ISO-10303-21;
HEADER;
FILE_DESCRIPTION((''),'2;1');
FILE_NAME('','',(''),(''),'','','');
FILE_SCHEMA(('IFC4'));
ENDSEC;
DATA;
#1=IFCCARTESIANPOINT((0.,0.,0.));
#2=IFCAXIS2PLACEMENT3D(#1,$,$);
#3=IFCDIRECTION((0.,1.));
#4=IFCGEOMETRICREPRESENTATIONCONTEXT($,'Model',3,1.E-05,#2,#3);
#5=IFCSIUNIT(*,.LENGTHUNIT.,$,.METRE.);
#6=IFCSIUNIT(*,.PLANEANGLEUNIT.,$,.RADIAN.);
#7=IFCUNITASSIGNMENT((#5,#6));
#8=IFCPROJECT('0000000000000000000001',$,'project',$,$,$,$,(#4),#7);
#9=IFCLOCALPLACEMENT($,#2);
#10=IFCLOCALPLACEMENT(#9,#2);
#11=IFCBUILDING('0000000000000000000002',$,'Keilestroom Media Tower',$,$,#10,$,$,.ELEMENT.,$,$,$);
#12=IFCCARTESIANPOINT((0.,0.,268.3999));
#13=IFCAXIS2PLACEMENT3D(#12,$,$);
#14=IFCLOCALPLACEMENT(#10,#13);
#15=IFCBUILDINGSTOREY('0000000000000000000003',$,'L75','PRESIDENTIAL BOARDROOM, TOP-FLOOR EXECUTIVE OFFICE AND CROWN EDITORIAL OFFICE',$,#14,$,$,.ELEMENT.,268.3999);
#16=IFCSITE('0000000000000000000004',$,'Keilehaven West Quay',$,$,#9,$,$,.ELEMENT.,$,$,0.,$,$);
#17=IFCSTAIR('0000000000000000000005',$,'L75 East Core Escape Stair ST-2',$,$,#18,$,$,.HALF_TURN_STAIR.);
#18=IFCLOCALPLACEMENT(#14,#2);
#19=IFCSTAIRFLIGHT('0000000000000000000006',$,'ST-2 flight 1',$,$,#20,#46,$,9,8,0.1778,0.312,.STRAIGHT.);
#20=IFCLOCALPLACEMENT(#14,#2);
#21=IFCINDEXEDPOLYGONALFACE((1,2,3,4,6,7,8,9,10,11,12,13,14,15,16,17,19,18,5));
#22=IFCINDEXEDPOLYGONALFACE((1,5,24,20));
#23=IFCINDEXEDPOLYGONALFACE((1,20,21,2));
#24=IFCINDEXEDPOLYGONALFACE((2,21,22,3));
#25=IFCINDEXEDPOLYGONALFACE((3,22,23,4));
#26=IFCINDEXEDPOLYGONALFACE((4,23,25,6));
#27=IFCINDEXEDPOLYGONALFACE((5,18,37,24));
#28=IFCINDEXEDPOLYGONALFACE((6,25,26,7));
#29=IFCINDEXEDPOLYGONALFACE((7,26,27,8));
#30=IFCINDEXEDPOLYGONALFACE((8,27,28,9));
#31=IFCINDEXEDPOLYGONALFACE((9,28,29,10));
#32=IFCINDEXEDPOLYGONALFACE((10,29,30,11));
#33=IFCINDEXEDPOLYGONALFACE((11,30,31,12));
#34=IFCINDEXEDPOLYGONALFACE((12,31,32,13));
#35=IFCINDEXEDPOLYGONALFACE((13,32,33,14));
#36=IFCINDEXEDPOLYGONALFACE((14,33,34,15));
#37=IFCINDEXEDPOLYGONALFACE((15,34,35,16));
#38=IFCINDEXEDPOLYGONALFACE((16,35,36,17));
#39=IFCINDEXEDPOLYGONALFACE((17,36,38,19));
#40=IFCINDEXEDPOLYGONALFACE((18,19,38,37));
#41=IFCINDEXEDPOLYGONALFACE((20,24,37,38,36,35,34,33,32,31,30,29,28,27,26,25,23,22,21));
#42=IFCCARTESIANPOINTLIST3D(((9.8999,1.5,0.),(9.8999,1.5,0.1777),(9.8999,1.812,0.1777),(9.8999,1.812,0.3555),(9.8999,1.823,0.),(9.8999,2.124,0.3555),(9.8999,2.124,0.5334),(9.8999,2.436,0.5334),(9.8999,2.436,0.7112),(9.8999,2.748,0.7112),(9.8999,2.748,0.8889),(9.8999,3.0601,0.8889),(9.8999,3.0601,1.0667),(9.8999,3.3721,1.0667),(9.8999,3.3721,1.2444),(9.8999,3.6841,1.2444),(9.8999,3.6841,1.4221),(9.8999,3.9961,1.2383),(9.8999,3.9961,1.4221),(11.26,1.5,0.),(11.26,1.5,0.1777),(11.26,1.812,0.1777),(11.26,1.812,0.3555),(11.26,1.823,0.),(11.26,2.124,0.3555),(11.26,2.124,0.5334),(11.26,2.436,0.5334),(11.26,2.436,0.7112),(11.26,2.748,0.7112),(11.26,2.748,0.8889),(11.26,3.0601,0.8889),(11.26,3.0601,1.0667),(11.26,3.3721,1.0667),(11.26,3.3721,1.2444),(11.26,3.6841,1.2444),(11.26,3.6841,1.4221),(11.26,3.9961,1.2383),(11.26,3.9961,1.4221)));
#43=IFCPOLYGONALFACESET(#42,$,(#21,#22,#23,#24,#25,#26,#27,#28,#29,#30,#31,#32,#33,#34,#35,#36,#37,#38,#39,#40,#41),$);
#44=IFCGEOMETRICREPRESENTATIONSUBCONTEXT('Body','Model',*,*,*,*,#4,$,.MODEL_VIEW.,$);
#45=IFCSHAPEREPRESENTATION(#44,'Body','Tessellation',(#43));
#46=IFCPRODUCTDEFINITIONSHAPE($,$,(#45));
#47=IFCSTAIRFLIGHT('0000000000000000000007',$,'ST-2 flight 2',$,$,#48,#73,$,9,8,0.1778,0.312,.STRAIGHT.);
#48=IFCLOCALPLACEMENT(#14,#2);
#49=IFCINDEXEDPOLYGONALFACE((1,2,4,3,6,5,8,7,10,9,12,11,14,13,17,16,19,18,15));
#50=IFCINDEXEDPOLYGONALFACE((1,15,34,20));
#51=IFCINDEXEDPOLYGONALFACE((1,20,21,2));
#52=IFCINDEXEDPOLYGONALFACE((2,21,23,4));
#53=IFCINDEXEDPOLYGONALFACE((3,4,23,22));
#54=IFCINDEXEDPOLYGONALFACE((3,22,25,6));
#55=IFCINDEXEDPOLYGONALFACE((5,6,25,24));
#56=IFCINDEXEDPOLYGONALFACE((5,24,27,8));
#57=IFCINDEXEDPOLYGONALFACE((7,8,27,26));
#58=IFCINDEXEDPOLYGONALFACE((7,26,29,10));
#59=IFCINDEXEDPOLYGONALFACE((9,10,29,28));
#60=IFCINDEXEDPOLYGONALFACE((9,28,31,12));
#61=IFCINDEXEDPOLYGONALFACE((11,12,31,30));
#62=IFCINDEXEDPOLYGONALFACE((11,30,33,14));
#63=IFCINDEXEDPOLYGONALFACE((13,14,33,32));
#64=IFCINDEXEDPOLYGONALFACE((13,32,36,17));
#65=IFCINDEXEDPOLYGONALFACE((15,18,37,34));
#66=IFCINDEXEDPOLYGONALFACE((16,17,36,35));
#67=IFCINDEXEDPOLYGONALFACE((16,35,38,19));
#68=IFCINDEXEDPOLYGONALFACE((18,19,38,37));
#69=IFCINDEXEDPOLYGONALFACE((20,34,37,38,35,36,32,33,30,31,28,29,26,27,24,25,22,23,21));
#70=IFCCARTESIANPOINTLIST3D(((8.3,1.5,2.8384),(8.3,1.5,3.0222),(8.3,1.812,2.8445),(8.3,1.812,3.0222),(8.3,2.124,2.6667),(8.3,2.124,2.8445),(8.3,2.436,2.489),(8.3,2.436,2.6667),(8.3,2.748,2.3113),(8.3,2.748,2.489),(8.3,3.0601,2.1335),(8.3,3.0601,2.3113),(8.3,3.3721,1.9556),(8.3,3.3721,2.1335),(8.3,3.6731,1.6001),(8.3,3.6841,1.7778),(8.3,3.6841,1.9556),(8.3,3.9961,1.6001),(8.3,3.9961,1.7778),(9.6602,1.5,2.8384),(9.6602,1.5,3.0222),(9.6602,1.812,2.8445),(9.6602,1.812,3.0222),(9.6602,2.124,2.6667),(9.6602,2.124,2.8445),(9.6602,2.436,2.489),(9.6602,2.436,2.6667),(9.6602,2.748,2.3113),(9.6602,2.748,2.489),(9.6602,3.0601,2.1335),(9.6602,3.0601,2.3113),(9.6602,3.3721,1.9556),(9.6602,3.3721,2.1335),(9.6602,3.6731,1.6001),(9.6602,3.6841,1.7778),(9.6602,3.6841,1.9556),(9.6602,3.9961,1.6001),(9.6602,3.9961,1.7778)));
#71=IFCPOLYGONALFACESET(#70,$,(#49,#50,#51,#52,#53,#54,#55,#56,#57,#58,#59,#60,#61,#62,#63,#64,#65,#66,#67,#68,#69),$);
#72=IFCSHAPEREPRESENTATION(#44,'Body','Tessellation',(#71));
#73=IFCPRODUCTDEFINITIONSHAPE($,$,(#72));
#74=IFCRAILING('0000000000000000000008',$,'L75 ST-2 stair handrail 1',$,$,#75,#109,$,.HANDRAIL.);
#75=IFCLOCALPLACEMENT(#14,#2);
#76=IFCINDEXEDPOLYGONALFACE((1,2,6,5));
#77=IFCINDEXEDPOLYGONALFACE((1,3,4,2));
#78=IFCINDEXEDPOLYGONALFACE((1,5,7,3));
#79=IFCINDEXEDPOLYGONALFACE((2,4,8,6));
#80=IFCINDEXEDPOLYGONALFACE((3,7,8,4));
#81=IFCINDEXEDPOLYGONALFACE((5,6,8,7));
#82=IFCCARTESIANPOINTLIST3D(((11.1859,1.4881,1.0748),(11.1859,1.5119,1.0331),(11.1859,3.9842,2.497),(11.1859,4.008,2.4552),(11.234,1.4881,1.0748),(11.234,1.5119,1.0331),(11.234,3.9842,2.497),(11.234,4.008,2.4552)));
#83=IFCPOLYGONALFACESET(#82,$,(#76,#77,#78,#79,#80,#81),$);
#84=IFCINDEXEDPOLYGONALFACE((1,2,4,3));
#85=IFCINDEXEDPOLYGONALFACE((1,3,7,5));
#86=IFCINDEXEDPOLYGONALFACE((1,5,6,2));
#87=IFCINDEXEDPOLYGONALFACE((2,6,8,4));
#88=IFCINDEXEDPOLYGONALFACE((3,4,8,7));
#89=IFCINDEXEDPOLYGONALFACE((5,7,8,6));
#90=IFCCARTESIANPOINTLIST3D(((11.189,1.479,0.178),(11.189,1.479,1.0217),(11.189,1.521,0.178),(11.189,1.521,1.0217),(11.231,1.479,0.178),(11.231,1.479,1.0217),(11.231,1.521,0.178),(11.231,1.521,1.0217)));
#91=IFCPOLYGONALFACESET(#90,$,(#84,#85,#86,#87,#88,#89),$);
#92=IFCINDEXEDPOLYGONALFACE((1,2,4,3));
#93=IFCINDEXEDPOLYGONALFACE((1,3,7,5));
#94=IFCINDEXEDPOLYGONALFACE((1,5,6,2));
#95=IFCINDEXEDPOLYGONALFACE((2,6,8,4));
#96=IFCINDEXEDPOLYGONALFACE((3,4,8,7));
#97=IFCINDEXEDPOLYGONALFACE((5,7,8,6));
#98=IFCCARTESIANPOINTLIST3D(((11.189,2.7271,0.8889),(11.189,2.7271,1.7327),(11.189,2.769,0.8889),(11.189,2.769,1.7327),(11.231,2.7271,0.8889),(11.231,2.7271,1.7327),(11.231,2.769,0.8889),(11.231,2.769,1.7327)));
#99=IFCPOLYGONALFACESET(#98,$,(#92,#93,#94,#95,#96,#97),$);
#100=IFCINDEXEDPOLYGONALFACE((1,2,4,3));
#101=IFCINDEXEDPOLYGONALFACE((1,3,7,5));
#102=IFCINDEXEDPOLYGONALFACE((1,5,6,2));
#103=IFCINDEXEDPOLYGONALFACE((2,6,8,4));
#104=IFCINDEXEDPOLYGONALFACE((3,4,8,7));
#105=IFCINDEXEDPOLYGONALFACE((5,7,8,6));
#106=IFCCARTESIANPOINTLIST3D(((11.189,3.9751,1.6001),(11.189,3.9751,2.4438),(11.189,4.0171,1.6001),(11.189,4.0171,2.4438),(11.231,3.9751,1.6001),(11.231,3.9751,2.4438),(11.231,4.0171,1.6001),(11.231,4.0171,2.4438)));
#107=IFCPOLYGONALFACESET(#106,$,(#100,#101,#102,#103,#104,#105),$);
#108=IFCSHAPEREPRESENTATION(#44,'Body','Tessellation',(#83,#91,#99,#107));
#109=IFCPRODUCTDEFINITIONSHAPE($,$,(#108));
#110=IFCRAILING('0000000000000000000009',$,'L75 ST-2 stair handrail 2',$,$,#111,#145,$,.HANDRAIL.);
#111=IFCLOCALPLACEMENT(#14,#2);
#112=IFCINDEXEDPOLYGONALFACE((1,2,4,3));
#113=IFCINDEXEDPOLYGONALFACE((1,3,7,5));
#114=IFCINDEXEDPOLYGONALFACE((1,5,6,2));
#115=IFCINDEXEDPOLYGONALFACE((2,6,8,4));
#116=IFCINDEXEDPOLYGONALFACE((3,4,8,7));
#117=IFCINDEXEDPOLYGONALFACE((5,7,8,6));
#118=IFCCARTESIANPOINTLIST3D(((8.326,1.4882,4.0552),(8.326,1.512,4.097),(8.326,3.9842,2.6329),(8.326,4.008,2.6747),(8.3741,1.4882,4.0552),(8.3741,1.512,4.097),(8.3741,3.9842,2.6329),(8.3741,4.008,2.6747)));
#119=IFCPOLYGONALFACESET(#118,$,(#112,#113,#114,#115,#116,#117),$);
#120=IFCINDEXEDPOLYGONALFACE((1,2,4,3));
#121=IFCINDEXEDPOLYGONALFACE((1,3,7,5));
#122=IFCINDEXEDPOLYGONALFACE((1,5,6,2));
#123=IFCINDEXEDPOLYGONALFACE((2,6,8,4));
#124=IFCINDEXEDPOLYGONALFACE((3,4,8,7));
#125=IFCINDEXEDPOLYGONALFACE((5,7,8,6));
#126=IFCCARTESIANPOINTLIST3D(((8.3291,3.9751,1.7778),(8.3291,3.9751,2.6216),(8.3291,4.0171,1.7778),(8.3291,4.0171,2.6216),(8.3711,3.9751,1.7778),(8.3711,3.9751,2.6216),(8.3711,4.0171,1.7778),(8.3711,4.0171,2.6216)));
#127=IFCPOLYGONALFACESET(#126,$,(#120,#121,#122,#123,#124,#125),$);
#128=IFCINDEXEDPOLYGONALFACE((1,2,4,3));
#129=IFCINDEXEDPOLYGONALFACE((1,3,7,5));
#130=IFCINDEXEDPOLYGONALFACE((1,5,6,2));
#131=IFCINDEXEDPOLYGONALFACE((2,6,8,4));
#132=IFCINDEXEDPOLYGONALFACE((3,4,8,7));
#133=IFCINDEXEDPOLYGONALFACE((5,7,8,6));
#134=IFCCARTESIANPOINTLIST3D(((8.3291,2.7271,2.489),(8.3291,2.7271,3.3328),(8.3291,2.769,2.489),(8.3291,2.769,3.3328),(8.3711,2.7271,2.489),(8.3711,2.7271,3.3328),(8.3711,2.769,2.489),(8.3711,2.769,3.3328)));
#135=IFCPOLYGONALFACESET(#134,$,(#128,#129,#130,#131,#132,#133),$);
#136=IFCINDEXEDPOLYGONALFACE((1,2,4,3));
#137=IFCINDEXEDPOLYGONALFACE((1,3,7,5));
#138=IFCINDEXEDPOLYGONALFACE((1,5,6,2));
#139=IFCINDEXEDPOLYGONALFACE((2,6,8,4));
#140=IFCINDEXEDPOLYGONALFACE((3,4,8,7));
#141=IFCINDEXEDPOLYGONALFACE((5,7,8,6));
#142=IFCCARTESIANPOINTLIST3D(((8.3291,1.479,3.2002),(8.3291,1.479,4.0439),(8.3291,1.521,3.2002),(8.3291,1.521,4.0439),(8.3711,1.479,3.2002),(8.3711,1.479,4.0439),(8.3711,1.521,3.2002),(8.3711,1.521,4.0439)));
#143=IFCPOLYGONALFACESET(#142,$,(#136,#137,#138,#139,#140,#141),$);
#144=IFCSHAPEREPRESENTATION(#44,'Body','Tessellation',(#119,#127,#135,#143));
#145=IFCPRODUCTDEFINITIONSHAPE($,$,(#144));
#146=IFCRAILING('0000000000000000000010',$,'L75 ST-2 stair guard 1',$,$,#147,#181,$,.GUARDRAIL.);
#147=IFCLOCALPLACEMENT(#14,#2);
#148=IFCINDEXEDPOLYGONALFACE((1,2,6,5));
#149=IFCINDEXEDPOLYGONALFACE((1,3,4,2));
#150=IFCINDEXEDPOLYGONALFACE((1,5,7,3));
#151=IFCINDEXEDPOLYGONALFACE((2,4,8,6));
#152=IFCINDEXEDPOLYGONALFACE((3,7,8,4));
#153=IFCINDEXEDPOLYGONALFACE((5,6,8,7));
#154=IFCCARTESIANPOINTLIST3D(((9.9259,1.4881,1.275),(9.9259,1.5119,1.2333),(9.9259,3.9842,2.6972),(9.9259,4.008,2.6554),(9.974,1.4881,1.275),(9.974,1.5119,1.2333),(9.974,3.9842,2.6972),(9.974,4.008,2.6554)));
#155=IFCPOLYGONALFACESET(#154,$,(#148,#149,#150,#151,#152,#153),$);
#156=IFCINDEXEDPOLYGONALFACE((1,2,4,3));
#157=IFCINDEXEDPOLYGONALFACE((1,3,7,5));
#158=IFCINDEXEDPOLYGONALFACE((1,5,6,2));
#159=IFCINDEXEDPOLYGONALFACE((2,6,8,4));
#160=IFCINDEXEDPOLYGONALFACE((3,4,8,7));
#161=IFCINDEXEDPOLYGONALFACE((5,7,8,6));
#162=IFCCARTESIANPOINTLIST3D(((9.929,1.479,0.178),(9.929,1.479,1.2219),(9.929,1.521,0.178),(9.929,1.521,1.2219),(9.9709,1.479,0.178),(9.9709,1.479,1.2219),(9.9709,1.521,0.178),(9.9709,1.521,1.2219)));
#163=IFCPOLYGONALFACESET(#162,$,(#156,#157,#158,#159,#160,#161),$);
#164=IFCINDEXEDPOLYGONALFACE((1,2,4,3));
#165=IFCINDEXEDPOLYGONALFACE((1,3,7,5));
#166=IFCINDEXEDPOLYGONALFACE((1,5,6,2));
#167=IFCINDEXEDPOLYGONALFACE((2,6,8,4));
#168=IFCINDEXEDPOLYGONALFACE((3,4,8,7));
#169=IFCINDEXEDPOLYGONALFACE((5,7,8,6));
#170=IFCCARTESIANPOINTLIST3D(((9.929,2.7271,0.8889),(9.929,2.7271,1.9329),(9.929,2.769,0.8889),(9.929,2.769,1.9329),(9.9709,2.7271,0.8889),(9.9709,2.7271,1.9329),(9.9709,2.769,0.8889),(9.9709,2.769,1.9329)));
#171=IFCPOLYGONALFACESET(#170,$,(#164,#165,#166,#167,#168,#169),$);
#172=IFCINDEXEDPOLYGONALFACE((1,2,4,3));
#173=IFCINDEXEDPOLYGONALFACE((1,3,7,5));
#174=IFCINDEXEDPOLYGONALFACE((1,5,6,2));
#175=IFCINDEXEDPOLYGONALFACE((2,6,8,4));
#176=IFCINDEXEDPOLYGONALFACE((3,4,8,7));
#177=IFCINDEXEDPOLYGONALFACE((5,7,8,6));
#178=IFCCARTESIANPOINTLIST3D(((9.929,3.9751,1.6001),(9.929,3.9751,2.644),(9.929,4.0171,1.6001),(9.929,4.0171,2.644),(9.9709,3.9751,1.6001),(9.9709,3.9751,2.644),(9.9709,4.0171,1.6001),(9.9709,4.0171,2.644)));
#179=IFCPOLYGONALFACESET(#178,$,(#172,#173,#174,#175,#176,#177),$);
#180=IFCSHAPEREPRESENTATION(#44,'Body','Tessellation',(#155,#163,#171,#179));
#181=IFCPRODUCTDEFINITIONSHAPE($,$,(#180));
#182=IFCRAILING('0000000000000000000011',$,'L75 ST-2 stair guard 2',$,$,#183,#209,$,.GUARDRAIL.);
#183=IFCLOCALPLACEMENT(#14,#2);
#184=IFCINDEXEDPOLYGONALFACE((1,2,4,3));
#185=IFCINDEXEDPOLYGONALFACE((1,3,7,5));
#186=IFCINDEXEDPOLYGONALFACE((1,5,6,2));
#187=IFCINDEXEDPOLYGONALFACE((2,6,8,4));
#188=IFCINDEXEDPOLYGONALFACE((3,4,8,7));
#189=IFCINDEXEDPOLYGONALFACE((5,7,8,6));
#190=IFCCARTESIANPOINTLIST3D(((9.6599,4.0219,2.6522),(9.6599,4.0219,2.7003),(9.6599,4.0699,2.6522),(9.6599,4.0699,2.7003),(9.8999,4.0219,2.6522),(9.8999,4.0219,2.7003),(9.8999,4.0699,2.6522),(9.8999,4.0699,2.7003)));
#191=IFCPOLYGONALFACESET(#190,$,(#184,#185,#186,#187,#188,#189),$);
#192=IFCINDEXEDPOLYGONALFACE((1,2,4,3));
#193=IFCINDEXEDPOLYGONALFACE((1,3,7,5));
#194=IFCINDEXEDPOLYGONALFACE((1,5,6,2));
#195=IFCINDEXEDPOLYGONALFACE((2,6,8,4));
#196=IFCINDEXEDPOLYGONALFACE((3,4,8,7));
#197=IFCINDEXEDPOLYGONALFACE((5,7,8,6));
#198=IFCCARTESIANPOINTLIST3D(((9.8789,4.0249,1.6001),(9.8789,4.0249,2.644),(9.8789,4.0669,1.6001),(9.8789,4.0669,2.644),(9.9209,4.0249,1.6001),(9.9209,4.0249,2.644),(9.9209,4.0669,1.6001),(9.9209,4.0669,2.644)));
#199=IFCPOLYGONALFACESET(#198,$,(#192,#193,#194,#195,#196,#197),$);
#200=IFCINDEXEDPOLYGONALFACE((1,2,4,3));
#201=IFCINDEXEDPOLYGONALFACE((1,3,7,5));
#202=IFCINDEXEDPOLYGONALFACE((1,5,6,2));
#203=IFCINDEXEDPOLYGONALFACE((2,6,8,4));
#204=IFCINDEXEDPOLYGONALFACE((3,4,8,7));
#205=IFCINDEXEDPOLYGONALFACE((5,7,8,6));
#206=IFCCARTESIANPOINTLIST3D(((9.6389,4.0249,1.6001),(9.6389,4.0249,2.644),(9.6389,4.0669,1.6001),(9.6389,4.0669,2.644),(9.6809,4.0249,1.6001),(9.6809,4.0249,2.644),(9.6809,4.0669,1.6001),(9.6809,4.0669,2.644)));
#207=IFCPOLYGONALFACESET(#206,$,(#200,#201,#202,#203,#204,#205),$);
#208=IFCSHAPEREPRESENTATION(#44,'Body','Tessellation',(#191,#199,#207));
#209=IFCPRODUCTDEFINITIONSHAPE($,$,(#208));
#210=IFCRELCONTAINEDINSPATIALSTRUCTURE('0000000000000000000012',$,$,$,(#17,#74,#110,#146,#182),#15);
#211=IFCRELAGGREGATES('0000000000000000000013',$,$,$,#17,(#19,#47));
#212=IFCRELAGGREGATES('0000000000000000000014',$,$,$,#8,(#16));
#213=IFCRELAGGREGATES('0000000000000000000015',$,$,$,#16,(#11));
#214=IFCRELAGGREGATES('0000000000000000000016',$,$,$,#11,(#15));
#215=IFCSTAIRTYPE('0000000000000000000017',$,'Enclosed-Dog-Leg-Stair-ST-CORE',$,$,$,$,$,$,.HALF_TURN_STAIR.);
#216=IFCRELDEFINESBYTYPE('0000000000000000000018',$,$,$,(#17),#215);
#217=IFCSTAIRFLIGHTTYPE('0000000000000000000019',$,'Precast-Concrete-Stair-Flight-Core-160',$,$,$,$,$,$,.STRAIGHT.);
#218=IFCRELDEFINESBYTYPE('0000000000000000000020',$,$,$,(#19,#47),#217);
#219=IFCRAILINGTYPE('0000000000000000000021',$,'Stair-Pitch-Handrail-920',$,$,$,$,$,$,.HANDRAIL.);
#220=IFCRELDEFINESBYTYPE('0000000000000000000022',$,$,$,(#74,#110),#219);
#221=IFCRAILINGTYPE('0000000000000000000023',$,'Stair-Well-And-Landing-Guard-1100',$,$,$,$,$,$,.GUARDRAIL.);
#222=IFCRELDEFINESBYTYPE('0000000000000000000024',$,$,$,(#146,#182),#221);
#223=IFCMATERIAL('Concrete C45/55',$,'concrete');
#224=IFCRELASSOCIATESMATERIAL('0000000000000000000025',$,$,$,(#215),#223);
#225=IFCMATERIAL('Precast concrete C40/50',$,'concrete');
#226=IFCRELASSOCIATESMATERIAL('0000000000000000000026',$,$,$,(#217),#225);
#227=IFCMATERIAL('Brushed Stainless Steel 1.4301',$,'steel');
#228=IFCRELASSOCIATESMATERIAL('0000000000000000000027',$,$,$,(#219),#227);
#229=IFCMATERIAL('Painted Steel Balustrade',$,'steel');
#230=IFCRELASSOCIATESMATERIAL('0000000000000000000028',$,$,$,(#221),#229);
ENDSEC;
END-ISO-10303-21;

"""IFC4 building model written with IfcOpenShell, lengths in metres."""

from ifc_helpers import new_model, si_unit, direction, frame, origin, origin_2d, place, context, subcontext, project, spatial, polyline, rectangle, outline, extrude, material, type_object, element, aggregate, save


model = new_model("IFC4")

# Units and contexts
model_context = context("Model", 3, precision=1e-05, world=origin(), true_north=direction((0.0, 1.0)))
body_context = subcontext(model_context, "Body", "Model", "MODEL_VIEW")
ifc_project = project(units=[si_unit("LENGTHUNIT", "METRE"), si_unit("PLANEANGLEUNIT", "RADIAN")], contexts=[model_context])

# Site, building, storey
site_placement = place(None, origin())
site = spatial("IfcSite", under=ifc_project, at=site_placement, Name="Keilehaven West Quay", CompositionType="ELEMENT", RefElevation=0.0)
building_placement = place(site_placement, origin())
building = spatial("IfcBuilding", under=site, at=building_placement, Name="Keilestroom Media Tower", CompositionType="ELEMENT")
storey_placement = place(building_placement, frame((0.0, 0.0, 268.3999)))
storey = spatial("IfcBuildingStorey", under=building, at=storey_placement, Name="L75", Description="PRESIDENTIAL BOARDROOM, TOP-FLOOR EXECUTIVE OFFICE AND CROWN EDITORIAL OFFICE", CompositionType="ELEMENT", Elevation=268.3999)

# Shared definitions
ifc_material_1 = material(Name="Precast concrete C40/50", Category="concrete")

# Stair
ifc_material_2 = material(Name="Concrete C45/55", Category="concrete")
stair_type = type_object("IfcStairType", Name="Enclosed-Dog-Leg-Stair-ST-CORE", PredefinedType="HALF_TURN_STAIR", material=ifc_material_2)
stair_1_placement = place(storey_placement, origin())
stair_1 = element("IfcStair", 1, at=stair_1_placement, inside=storey, type_object=stair_type, Name="L75 East Core Escape Stair ST-2", PredefinedType="HALF_TURN_STAIR")

# Stair flights
stair_flight_type = type_object("IfcStairFlightType", Name="Precast-Concrete-Stair-Flight-Core-160", PredefinedType="STRAIGHT", material=ifc_material_1)
stair_flight_1_placement = place(storey_placement, frame((10.5801, 1.5, 0.0), z_axis=(0.0, 0.0, 1.0), x_axis=(0.0, 1.0, 0.0)))
stair_flight_1 = element("IfcStairFlight", 2, at=stair_flight_1_placement, type_object=stair_flight_type, Name="ST-2 flight 1", NumberOfRisers=9, NumberOfTreads=8, PredefinedType="STRAIGHT", RiserHeight=0.1778, TreadLength=0.312, context=body_context, shape_type="SweptSolid", body=[
    extrude(outline(polyline([(0.0, 0.0), (0.0, 0.1777), (0.312, 0.1777), (0.312, 0.3555), (0.624, 0.3555), (0.624, 0.5334), (0.936, 0.5334), (0.936, 0.7112), (1.248, 0.7112), (1.248, 0.8889), (1.5601, 0.8889), (1.5601, 1.0667), (1.8721, 1.0667), (1.8721, 1.2444), (2.1841, 1.2444), (2.1841, 1.4221), (2.4961, 1.4221), (2.4961, 1.6001), (2.4961, 1.2383), (0.323, 0.0), (0.0, 0.0)])), frame((0.0, 0.6802, 0.0), z_axis=(0.0, -1.0, 0.0), x_axis=(1.0, 0.0, 0.0)), (0.0, 0.0, 1.0), 1.3601),
])
stair_flight_2_placement = place(storey_placement, frame((8.98, 3.9961, 1.6001), z_axis=(0.0, 0.0, 1.0), x_axis=(0.0, -1.0, 0.0)))
stair_flight_2 = element("IfcStairFlight", 3, at=stair_flight_2_placement, type_object=stair_flight_type, Name="ST-2 flight 2", NumberOfRisers=9, NumberOfTreads=8, PredefinedType="STRAIGHT", RiserHeight=0.1778, TreadLength=0.312, context=body_context, shape_type="SweptSolid", body=[
    extrude(outline(polyline([(0.0, 0.0), (0.0, 0.1777), (0.312, 0.1777), (0.312, 0.3555), (0.624, 0.3555), (0.624, 0.5334), (0.936, 0.5334), (0.936, 0.7112), (1.248, 0.7112), (1.248, 0.8889), (1.5601, 0.8889), (1.5601, 1.0667), (1.8721, 1.0667), (1.8721, 1.2444), (2.1841, 1.2444), (2.1841, 1.4221), (2.4961, 1.4221), (2.4961, 1.6001), (2.4961, 1.2383), (0.323, 0.0), (0.0, 0.0)])), frame((0.0, 0.6802, 0.0), z_axis=(0.0, -1.0, 0.0), x_axis=(1.0, 0.0, 0.0)), (0.0, 0.0, 1.0), 1.3601),
])
aggregate(stair_1, [stair_flight_1, stair_flight_2])

# Railings
ifc_material_3 = material(Name="Brushed Stainless Steel 1.4301", Category="steel")
railing_type_1 = type_object("IfcRailingType", Name="Stair-Pitch-Handrail-920", PredefinedType="HANDRAIL", material=ifc_material_3)
railing_1_placement = place(storey_placement, frame((11.21, 1.5, 0.178)))
element("IfcRailing", 4, at=railing_1_placement, inside=storey, type_object=railing_type_1, Name="L75 ST-2 stair handrail 1", PredefinedType="HANDRAIL", context=body_context, shape_type="SweptSolid", body=[
    extrude(rectangle(XDim=0.0481, YDim=0.0481, at=origin_2d()), frame((0.0, 0.0, 0.876), z_axis=(0.0, 0.868875, 0.495031), x_axis=(-1.0, 0.0, 0.0)), (0.0, 0.0, 1.0), 2.8728),
    extrude(rectangle(XDim=0.042, YDim=0.042, at=origin_2d()), origin(), (0.0, 0.0, 1.0), 0.8438),
    extrude(rectangle(XDim=0.042, YDim=0.042, at=origin_2d()), frame((0.0, 1.248, 0.7109)), (0.0, 0.0, 1.0), 0.8438),
    extrude(rectangle(XDim=0.042, YDim=0.042, at=origin_2d()), frame((0.0, 2.4961, 1.4221)), (0.0, 0.0, 1.0), 0.8438),
])
railing_2_placement = place(storey_placement, frame((8.3501, 3.9961, 1.7778)))
element("IfcRailing", 5, at=railing_2_placement, inside=storey, type_object=railing_type_1, Name="L75 ST-2 stair handrail 2", PredefinedType="HANDRAIL", context=body_context, shape_type="SweptSolid", body=[
    extrude(rectangle(XDim=0.0481, YDim=0.0481, at=origin_2d()), frame((0.0, 0.0, 0.876), z_axis=(0.0, -0.868839, 0.495095), x_axis=(1.0, 0.0, 0.0)), (0.0, 0.0, 1.0), 2.8728),
    extrude(rectangle(XDim=0.042, YDim=0.042, at=origin_2d()), origin(), (0.0, 0.0, 1.0), 0.8438),
    extrude(rectangle(XDim=0.042, YDim=0.042, at=origin_2d()), frame((0.0, -1.248, 0.7112)), (0.0, 0.0, 1.0), 0.8438),
    extrude(rectangle(XDim=0.042, YDim=0.042, at=origin_2d()), frame((0.0, -2.4961, 1.4224)), (0.0, 0.0, 1.0), 0.8438),
])
ifc_material_4 = material(Name="Painted Steel Balustrade", Category="steel")
railing_type_2 = type_object("IfcRailingType", Name="Stair-Well-And-Landing-Guard-1100", PredefinedType="GUARDRAIL", material=ifc_material_4)
railing_3_placement = place(storey_placement, frame((9.95, 1.5, 0.178)))
element("IfcRailing", 6, at=railing_3_placement, inside=storey, type_object=railing_type_2, Name="L75 ST-2 stair guard 1", PredefinedType="GUARDRAIL", context=body_context, shape_type="SweptSolid", body=[
    extrude(rectangle(XDim=0.0481, YDim=0.0481, at=origin_2d()), frame((0.0, 0.0, 1.0762), z_axis=(0.0, 0.868875, 0.495031), x_axis=(-1.0, 0.0, 0.0)), (0.0, 0.0, 1.0), 2.8728),
    extrude(rectangle(XDim=0.042, YDim=0.042, at=origin_2d()), origin(), (0.0, 0.0, 1.0), 1.0439),
    extrude(rectangle(XDim=0.042, YDim=0.042, at=origin_2d()), frame((0.0, 1.248, 0.7109)), (0.0, 0.0, 1.0), 1.0439),
    extrude(rectangle(XDim=0.042, YDim=0.042, at=origin_2d()), frame((0.0, 2.4961, 1.4221)), (0.0, 0.0, 1.0), 1.0439),
])
railing_4_placement = place(storey_placement, frame((9.8999, 4.0459, 1.6001)))
element("IfcRailing", 7, at=railing_4_placement, inside=storey, type_object=railing_type_2, Name="L75 ST-2 stair guard 2", PredefinedType="GUARDRAIL", context=body_context, shape_type="SweptSolid", body=[
    extrude(rectangle(XDim=0.0481, YDim=0.0481, at=origin_2d()), frame((0.0, 0.0, 1.0762), z_axis=(-1.0, 0.0, 0.0), x_axis=(0.0, -1.0, 0.0)), (0.0, 0.0, 1.0), 0.24),
    extrude(rectangle(XDim=0.042, YDim=0.042, at=origin_2d()), origin(), (0.0, 0.0, 1.0), 1.0439),
    extrude(rectangle(XDim=0.042, YDim=0.042, at=origin_2d()), frame((-0.24, 0.0, 0.0)), (0.0, 0.0, 1.0), 1.0439),
])

save(model, "model.ifc")
